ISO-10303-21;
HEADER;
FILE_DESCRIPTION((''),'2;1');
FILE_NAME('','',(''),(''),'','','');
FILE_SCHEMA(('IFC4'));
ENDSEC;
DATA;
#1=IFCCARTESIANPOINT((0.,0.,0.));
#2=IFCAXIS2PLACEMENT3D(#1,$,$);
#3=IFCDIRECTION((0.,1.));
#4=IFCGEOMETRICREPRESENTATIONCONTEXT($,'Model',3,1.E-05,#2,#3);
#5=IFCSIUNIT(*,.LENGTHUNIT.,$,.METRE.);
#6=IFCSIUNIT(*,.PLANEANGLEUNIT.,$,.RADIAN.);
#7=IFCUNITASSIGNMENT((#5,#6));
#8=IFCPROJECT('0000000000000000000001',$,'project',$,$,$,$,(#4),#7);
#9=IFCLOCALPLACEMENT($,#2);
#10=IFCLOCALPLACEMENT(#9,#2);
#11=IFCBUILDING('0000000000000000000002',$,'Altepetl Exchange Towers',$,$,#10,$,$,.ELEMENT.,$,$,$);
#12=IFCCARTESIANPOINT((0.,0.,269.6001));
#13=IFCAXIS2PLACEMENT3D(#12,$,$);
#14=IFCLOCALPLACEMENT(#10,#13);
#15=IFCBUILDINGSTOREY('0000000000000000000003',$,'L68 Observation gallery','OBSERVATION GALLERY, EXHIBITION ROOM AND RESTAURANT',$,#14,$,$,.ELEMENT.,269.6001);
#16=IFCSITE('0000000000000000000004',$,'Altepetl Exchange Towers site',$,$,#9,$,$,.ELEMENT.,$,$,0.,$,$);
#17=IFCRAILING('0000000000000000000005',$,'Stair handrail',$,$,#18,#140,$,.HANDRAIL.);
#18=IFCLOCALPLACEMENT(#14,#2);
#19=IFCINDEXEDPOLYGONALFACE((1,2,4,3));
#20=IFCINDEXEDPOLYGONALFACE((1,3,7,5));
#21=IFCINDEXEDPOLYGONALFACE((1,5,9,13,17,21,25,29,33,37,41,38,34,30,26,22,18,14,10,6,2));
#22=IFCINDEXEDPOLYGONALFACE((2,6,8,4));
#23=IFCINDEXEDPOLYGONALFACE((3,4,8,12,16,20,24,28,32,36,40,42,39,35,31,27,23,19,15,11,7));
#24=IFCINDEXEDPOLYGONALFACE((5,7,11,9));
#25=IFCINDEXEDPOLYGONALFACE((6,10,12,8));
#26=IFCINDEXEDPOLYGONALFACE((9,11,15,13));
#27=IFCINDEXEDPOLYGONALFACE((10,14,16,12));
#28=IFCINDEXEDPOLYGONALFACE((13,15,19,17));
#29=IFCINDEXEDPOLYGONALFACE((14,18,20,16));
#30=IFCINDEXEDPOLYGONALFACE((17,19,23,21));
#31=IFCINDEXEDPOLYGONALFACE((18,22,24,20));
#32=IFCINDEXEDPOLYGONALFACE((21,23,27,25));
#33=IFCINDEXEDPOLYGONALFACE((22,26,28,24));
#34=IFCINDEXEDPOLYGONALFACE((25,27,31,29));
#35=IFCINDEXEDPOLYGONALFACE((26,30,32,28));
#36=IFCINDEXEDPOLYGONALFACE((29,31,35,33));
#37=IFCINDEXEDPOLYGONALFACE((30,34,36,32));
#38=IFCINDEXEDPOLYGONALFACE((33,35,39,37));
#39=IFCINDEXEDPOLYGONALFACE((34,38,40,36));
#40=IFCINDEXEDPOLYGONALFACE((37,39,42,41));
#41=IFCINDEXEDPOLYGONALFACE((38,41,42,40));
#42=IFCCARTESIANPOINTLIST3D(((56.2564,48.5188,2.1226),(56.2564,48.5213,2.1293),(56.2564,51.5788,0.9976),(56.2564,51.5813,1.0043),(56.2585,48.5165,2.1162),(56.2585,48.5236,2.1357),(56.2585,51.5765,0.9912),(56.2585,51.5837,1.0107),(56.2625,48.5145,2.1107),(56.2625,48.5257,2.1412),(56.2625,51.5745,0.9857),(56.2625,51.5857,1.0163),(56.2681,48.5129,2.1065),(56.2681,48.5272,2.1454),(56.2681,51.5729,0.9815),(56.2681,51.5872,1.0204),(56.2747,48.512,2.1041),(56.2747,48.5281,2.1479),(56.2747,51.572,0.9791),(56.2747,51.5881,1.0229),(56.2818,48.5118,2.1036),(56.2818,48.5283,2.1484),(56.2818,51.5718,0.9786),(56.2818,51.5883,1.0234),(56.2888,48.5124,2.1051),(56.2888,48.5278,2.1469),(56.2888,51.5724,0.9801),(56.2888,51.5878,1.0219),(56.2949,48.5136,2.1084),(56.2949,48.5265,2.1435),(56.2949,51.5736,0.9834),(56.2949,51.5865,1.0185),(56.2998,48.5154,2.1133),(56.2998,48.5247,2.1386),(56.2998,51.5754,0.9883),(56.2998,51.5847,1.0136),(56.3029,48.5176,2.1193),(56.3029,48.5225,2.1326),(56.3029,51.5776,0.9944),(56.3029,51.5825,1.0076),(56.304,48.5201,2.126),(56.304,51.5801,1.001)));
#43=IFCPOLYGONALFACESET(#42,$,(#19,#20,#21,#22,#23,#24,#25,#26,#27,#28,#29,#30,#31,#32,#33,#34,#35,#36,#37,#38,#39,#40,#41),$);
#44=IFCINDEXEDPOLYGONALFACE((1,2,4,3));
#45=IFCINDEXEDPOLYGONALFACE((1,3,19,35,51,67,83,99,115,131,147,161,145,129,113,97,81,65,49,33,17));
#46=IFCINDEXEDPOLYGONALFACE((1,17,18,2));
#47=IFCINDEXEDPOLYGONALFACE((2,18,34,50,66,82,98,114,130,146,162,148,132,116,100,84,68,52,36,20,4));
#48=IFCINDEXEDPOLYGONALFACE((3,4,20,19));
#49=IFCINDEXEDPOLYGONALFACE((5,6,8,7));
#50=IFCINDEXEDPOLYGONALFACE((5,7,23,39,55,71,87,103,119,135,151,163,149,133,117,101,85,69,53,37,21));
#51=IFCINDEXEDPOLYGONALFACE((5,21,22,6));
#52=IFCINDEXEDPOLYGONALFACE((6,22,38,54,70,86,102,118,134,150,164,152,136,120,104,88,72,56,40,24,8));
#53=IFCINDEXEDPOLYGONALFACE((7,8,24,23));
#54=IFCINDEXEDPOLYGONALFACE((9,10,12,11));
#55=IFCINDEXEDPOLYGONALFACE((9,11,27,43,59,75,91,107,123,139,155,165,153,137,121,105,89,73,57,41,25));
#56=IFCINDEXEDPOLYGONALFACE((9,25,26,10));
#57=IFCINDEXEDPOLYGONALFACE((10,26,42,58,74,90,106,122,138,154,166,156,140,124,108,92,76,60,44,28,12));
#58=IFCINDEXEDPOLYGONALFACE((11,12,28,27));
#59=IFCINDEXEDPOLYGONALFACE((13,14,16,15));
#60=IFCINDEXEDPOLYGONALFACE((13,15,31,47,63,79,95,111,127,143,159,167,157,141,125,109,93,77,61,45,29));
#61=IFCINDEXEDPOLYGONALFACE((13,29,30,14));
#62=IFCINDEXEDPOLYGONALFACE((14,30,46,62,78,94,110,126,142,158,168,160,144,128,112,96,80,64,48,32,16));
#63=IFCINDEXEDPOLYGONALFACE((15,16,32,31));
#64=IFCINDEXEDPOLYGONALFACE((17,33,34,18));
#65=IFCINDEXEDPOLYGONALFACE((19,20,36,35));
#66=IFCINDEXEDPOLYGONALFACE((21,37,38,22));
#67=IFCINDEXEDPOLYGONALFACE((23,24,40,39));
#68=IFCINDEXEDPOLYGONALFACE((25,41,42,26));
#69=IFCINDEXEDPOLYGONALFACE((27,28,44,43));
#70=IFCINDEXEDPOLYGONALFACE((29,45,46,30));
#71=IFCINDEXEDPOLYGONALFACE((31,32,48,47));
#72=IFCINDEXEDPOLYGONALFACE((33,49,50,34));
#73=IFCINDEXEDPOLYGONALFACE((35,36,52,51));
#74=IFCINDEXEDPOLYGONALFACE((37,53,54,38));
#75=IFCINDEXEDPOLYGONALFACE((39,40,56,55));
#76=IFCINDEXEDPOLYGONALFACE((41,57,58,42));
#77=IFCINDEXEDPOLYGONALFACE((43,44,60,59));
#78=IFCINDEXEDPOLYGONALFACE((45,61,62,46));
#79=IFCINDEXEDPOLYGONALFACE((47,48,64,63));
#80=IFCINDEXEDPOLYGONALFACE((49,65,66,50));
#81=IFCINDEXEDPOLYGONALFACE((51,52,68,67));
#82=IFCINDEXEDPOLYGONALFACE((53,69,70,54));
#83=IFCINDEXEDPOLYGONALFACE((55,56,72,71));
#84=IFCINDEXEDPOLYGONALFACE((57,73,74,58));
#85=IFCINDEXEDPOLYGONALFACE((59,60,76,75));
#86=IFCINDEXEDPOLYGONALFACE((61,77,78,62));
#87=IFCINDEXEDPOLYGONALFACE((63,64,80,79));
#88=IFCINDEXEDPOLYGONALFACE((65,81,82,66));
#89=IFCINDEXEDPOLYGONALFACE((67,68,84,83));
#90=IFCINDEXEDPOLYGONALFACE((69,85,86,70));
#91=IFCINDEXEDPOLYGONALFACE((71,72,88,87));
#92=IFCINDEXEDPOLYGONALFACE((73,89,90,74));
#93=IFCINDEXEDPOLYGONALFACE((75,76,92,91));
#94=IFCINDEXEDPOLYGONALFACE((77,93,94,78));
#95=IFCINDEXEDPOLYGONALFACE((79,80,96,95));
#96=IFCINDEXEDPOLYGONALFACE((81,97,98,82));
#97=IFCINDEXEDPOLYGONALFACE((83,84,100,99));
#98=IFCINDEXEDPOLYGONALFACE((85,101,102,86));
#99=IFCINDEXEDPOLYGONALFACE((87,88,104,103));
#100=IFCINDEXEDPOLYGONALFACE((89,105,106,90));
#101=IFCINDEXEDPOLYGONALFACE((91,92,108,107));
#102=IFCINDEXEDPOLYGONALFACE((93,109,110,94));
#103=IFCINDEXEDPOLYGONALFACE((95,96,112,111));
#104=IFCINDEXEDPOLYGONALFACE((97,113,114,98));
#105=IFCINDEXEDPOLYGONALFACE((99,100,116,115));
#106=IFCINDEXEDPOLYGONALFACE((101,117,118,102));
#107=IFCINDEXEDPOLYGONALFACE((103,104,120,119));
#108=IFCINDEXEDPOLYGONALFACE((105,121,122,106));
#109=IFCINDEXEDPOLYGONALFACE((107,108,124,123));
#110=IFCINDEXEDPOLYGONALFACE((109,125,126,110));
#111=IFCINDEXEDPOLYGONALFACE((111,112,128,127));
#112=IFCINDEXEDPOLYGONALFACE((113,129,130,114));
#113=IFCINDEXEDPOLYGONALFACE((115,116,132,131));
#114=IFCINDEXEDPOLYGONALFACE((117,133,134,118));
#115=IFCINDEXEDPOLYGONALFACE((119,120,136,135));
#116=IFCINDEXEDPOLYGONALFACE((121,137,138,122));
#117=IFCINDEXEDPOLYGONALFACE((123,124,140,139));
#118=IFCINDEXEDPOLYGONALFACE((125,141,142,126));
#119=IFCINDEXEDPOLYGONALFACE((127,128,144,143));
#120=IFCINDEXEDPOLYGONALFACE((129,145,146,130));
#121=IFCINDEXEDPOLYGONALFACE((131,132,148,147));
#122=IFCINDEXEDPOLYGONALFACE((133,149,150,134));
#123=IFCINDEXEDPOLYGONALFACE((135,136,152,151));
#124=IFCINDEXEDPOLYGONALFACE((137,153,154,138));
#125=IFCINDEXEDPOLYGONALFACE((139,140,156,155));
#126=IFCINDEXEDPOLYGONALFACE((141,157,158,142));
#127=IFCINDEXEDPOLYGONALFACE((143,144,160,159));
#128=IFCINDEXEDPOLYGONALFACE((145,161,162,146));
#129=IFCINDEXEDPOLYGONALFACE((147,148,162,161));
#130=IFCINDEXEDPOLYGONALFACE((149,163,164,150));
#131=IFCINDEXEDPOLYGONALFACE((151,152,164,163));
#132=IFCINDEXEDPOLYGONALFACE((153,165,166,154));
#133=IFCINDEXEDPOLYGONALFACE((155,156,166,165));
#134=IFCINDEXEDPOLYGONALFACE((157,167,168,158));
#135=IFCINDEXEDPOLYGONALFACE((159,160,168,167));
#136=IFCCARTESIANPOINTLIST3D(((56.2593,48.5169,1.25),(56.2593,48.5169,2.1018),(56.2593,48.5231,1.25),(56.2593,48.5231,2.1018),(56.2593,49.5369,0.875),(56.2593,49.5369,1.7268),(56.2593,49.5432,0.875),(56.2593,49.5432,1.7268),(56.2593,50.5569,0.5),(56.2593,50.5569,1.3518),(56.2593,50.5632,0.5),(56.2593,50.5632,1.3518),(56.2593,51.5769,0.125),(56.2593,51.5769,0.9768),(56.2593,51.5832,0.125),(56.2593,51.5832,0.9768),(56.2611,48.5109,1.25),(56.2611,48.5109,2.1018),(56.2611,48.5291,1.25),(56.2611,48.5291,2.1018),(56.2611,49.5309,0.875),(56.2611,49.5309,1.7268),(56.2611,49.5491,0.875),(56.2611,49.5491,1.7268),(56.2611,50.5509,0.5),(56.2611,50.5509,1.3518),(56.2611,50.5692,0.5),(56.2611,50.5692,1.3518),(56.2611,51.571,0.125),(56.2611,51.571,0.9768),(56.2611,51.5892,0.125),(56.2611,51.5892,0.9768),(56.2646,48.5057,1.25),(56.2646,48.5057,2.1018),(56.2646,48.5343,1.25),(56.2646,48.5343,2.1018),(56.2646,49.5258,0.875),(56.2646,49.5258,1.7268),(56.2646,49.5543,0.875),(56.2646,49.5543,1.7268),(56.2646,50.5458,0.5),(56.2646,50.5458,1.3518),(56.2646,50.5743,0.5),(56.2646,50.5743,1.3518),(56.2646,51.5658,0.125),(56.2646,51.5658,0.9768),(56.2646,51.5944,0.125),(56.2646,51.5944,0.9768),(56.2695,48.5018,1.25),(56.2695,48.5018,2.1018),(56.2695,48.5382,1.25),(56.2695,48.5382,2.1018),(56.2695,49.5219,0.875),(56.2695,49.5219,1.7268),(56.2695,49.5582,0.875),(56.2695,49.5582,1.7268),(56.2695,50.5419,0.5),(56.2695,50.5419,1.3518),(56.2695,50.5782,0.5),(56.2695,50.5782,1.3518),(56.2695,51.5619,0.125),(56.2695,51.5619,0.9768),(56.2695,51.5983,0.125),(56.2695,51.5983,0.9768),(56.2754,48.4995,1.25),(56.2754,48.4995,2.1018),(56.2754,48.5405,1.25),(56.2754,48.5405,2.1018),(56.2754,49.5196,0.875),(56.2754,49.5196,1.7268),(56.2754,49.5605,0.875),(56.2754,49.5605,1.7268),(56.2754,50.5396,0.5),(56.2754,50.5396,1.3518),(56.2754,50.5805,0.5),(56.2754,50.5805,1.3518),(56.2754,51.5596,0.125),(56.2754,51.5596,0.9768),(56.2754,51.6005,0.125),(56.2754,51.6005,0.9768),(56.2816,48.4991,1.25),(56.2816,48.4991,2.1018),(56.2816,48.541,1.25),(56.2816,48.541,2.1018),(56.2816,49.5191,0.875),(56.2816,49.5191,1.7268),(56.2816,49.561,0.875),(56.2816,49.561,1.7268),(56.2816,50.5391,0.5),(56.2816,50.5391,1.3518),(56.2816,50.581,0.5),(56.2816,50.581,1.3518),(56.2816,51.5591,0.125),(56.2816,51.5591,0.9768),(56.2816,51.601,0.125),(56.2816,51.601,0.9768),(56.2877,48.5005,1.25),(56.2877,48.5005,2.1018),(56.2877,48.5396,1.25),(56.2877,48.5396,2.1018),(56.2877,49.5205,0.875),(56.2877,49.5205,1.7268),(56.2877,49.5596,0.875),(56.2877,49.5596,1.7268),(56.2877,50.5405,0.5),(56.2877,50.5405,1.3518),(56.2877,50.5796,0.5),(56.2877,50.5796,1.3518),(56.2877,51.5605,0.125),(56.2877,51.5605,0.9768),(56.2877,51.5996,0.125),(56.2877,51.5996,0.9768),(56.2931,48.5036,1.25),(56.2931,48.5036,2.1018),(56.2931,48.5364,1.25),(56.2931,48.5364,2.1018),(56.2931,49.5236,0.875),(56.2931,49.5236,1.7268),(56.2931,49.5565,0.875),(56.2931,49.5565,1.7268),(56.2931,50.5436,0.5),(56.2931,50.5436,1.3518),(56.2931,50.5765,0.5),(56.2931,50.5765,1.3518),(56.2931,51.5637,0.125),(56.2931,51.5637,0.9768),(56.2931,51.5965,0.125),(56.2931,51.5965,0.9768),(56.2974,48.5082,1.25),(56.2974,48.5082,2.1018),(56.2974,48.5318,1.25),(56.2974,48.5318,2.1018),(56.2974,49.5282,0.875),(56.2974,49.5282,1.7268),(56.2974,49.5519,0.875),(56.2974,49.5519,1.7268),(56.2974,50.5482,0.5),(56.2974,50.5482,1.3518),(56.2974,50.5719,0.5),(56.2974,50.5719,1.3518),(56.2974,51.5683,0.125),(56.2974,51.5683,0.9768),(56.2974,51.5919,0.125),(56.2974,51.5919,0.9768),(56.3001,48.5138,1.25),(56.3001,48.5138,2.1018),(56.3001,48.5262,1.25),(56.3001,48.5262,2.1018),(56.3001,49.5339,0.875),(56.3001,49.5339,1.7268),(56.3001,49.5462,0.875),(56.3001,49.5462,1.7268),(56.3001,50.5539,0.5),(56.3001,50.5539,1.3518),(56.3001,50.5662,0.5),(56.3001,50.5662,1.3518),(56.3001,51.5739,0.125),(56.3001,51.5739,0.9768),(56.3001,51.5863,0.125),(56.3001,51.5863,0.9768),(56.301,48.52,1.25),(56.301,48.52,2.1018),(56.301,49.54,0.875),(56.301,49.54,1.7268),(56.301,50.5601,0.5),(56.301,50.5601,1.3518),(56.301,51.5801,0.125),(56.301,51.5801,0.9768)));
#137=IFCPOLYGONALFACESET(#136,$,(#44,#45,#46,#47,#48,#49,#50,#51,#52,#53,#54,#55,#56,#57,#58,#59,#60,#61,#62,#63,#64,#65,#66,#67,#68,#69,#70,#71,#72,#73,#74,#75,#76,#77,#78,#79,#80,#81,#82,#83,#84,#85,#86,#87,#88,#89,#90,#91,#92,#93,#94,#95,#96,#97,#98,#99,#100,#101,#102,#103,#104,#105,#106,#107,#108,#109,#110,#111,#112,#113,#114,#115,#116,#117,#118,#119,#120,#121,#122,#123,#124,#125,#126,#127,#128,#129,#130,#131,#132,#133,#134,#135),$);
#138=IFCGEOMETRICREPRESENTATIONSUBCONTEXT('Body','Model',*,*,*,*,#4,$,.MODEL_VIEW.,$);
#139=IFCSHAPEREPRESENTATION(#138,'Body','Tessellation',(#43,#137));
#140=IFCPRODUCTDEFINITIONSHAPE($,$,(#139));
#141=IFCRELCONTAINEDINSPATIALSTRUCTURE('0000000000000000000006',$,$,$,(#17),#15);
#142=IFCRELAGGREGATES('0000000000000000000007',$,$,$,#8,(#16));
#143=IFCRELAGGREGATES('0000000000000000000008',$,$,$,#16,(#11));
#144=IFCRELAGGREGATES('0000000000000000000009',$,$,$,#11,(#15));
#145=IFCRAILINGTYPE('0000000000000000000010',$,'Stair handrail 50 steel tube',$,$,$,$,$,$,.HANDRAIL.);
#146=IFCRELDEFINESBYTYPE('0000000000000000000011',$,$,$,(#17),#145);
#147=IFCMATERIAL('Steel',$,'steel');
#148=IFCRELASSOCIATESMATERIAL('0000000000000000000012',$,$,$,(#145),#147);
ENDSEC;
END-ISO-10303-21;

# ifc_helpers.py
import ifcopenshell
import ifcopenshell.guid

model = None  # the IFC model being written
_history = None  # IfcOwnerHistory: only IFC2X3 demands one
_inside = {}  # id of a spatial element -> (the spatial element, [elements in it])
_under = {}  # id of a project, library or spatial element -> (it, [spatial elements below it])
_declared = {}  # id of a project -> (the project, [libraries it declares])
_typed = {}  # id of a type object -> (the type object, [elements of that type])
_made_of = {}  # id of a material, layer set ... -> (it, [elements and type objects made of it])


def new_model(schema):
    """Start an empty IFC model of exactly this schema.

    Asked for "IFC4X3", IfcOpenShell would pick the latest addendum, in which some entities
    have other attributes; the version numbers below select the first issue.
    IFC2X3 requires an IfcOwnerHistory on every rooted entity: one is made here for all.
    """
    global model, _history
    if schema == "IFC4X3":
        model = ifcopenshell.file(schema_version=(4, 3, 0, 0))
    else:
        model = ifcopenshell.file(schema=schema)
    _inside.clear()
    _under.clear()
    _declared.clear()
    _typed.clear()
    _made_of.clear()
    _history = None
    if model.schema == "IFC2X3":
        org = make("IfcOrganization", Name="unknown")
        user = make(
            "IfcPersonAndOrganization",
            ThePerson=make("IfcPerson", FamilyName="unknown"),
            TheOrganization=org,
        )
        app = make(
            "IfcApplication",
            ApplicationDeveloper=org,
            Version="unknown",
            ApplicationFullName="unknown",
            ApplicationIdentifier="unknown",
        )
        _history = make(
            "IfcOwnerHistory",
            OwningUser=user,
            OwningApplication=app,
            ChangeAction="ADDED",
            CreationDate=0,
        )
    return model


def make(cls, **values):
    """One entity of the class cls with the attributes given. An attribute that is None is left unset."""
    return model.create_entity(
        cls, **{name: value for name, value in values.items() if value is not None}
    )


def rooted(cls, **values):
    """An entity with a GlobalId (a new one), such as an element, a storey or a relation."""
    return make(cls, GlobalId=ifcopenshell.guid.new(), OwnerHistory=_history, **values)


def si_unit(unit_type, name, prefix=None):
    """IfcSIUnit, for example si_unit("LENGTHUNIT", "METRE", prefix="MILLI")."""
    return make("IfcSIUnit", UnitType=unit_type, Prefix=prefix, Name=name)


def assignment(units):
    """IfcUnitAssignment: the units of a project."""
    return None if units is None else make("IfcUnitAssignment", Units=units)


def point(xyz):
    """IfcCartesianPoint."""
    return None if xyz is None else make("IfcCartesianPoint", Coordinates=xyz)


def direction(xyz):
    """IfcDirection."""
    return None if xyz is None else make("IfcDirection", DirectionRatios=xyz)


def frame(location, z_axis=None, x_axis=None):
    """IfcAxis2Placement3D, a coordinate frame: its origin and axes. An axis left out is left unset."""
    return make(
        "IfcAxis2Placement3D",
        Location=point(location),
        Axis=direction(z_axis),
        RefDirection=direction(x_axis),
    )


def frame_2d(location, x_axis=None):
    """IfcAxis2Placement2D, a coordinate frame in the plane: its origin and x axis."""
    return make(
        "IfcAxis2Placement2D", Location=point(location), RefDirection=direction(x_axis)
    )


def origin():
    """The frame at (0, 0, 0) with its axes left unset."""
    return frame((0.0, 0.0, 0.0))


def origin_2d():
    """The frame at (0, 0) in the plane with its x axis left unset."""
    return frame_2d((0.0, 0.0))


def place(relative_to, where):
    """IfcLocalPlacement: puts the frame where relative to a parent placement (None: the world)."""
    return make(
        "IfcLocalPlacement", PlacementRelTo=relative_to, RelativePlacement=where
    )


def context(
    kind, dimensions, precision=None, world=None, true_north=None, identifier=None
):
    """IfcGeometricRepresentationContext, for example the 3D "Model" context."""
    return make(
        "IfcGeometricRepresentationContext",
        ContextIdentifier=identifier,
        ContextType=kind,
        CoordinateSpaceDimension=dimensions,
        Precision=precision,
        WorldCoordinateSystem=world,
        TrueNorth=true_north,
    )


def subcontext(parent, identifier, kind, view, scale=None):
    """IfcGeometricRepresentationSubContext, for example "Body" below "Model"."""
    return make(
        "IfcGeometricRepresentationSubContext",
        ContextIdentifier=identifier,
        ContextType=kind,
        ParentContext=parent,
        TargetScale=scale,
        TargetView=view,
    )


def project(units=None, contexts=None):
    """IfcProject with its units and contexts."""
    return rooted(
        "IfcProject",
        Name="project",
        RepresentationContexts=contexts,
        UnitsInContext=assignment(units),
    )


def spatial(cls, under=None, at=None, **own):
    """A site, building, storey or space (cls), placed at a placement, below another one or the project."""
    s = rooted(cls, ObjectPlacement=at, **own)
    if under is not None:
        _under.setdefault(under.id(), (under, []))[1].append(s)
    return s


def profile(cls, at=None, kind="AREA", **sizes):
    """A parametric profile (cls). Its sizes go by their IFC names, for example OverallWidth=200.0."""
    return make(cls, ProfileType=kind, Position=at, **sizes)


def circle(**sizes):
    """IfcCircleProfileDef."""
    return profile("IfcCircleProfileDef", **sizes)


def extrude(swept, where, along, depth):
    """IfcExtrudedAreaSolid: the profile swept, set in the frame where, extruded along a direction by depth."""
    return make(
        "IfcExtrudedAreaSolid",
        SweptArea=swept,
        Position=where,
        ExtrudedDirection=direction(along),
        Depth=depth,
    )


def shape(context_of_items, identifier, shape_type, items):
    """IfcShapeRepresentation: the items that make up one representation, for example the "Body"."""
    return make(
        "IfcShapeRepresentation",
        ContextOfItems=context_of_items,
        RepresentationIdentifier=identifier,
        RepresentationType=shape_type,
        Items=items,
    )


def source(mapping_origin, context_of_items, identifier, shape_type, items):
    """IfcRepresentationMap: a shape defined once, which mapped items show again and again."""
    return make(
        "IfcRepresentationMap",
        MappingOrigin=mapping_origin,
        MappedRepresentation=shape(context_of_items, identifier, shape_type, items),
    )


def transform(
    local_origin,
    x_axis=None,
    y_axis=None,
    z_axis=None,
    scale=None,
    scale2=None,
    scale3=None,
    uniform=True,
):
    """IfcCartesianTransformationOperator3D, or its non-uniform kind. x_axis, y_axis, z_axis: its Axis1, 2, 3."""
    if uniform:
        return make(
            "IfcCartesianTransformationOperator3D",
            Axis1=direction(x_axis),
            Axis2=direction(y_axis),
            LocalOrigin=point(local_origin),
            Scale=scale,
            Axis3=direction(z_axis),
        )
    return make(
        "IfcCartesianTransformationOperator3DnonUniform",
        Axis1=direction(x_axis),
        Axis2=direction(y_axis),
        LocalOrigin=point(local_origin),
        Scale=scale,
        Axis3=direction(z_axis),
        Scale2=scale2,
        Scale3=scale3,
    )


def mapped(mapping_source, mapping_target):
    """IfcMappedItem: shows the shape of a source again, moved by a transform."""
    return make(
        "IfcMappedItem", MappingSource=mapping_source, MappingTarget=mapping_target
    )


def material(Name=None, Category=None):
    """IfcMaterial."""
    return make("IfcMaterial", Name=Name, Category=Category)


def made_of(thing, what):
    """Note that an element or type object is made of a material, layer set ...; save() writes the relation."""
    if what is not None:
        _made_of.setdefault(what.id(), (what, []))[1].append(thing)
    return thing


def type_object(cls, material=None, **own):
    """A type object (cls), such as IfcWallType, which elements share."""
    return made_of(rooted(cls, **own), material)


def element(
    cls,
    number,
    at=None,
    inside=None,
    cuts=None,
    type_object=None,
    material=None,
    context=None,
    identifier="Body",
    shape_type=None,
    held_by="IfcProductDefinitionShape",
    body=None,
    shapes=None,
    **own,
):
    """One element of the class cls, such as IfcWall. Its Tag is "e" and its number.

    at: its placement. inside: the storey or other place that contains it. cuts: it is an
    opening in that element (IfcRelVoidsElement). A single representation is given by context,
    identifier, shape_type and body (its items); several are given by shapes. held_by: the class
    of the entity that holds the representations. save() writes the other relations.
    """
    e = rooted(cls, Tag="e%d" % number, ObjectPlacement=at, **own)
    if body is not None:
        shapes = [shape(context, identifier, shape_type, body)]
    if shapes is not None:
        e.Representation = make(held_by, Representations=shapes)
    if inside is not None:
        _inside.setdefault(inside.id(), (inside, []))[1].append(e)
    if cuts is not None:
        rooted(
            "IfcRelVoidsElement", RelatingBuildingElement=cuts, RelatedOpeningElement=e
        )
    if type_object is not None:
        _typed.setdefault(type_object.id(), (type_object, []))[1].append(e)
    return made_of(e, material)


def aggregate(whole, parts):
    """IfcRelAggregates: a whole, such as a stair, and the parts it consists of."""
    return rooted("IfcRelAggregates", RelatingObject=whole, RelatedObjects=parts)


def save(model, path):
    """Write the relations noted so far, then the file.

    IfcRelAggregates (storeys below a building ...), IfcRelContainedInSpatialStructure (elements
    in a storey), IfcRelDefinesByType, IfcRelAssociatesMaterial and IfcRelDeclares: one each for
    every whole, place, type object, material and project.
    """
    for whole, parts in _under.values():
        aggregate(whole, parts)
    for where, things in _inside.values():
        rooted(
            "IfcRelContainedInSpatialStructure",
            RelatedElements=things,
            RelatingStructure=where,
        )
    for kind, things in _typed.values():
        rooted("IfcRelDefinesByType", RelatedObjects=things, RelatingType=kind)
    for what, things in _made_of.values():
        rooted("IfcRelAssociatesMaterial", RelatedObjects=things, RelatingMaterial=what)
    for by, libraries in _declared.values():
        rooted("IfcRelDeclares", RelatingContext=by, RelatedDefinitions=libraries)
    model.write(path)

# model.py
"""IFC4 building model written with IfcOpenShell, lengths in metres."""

from ifc_helpers import new_model, si_unit, direction, frame, origin, origin_2d, place, context, subcontext, project, spatial, circle, extrude, source, transform, mapped, material, type_object, element, save


model = new_model("IFC4")

# Units and contexts
model_context = context("Model", 3, precision=1e-05, world=origin(), true_north=direction((0.0, 1.0)))
body_context = subcontext(model_context, "Body", "Model", "MODEL_VIEW")
ifc_project = project(units=[si_unit("LENGTHUNIT", "METRE"), si_unit("PLANEANGLEUNIT", "RADIAN")], contexts=[model_context])

# Site, building, storey
site_placement = place(None, origin())
site = spatial("IfcSite", under=ifc_project, at=site_placement, Name="Altepetl Exchange Towers site", CompositionType="ELEMENT", RefElevation=0.0)
building_placement = place(site_placement, origin())
building = spatial("IfcBuilding", under=site, at=building_placement, Name="Altepetl Exchange Towers", CompositionType="ELEMENT")
storey_placement = place(building_placement, frame((0.0, 0.0, 269.6001)))
storey = spatial("IfcBuildingStorey", under=building, at=storey_placement, Name="L68 Observation gallery", Description="OBSERVATION GALLERY, EXHIBITION ROOM AND RESTAURANT", CompositionType="ELEMENT", Elevation=269.6001)

# Railing
ifc_material_1 = material(Name="Steel", Category="steel")
railing_type = type_object("IfcRailingType", Name="Stair handrail 50 steel tube", PredefinedType="HANDRAIL", material=ifc_material_1)
shared_shape = source(origin(), body_context, "Body", "SweptSolid", [
    extrude(circle(Radius=0.021, at=origin_2d()), origin(), (0.0, 0.0, 1.0), 0.8518),
])
railing_1_placement = place(storey_placement, frame((56.28, 51.5801, 0.125)))
element("IfcRailing", 1, at=railing_1_placement, inside=storey, type_object=railing_type, Name="Stair handrail", PredefinedType="HANDRAIL", context=body_context, shape_type="SweptSolid", body=[
    extrude(circle(Radius=0.0239, at=origin_2d()), frame((0.0, 0.0, 0.876), z_axis=(0.0, -0.938581, 0.34506), x_axis=(1.0, 0.0, 0.0)), (0.0, 0.0, 1.0), 3.2603),
    mapped(shared_shape, transform((0.0, 0.0, 0.0))),
    mapped(shared_shape, transform((0.0, -1.02, 0.375))),
    mapped(shared_shape, transform((0.0, -2.04, 0.75))),
    mapped(shared_shape, transform((0.0, -3.0601, 1.125))),
])

save(model, "model.ifc")
